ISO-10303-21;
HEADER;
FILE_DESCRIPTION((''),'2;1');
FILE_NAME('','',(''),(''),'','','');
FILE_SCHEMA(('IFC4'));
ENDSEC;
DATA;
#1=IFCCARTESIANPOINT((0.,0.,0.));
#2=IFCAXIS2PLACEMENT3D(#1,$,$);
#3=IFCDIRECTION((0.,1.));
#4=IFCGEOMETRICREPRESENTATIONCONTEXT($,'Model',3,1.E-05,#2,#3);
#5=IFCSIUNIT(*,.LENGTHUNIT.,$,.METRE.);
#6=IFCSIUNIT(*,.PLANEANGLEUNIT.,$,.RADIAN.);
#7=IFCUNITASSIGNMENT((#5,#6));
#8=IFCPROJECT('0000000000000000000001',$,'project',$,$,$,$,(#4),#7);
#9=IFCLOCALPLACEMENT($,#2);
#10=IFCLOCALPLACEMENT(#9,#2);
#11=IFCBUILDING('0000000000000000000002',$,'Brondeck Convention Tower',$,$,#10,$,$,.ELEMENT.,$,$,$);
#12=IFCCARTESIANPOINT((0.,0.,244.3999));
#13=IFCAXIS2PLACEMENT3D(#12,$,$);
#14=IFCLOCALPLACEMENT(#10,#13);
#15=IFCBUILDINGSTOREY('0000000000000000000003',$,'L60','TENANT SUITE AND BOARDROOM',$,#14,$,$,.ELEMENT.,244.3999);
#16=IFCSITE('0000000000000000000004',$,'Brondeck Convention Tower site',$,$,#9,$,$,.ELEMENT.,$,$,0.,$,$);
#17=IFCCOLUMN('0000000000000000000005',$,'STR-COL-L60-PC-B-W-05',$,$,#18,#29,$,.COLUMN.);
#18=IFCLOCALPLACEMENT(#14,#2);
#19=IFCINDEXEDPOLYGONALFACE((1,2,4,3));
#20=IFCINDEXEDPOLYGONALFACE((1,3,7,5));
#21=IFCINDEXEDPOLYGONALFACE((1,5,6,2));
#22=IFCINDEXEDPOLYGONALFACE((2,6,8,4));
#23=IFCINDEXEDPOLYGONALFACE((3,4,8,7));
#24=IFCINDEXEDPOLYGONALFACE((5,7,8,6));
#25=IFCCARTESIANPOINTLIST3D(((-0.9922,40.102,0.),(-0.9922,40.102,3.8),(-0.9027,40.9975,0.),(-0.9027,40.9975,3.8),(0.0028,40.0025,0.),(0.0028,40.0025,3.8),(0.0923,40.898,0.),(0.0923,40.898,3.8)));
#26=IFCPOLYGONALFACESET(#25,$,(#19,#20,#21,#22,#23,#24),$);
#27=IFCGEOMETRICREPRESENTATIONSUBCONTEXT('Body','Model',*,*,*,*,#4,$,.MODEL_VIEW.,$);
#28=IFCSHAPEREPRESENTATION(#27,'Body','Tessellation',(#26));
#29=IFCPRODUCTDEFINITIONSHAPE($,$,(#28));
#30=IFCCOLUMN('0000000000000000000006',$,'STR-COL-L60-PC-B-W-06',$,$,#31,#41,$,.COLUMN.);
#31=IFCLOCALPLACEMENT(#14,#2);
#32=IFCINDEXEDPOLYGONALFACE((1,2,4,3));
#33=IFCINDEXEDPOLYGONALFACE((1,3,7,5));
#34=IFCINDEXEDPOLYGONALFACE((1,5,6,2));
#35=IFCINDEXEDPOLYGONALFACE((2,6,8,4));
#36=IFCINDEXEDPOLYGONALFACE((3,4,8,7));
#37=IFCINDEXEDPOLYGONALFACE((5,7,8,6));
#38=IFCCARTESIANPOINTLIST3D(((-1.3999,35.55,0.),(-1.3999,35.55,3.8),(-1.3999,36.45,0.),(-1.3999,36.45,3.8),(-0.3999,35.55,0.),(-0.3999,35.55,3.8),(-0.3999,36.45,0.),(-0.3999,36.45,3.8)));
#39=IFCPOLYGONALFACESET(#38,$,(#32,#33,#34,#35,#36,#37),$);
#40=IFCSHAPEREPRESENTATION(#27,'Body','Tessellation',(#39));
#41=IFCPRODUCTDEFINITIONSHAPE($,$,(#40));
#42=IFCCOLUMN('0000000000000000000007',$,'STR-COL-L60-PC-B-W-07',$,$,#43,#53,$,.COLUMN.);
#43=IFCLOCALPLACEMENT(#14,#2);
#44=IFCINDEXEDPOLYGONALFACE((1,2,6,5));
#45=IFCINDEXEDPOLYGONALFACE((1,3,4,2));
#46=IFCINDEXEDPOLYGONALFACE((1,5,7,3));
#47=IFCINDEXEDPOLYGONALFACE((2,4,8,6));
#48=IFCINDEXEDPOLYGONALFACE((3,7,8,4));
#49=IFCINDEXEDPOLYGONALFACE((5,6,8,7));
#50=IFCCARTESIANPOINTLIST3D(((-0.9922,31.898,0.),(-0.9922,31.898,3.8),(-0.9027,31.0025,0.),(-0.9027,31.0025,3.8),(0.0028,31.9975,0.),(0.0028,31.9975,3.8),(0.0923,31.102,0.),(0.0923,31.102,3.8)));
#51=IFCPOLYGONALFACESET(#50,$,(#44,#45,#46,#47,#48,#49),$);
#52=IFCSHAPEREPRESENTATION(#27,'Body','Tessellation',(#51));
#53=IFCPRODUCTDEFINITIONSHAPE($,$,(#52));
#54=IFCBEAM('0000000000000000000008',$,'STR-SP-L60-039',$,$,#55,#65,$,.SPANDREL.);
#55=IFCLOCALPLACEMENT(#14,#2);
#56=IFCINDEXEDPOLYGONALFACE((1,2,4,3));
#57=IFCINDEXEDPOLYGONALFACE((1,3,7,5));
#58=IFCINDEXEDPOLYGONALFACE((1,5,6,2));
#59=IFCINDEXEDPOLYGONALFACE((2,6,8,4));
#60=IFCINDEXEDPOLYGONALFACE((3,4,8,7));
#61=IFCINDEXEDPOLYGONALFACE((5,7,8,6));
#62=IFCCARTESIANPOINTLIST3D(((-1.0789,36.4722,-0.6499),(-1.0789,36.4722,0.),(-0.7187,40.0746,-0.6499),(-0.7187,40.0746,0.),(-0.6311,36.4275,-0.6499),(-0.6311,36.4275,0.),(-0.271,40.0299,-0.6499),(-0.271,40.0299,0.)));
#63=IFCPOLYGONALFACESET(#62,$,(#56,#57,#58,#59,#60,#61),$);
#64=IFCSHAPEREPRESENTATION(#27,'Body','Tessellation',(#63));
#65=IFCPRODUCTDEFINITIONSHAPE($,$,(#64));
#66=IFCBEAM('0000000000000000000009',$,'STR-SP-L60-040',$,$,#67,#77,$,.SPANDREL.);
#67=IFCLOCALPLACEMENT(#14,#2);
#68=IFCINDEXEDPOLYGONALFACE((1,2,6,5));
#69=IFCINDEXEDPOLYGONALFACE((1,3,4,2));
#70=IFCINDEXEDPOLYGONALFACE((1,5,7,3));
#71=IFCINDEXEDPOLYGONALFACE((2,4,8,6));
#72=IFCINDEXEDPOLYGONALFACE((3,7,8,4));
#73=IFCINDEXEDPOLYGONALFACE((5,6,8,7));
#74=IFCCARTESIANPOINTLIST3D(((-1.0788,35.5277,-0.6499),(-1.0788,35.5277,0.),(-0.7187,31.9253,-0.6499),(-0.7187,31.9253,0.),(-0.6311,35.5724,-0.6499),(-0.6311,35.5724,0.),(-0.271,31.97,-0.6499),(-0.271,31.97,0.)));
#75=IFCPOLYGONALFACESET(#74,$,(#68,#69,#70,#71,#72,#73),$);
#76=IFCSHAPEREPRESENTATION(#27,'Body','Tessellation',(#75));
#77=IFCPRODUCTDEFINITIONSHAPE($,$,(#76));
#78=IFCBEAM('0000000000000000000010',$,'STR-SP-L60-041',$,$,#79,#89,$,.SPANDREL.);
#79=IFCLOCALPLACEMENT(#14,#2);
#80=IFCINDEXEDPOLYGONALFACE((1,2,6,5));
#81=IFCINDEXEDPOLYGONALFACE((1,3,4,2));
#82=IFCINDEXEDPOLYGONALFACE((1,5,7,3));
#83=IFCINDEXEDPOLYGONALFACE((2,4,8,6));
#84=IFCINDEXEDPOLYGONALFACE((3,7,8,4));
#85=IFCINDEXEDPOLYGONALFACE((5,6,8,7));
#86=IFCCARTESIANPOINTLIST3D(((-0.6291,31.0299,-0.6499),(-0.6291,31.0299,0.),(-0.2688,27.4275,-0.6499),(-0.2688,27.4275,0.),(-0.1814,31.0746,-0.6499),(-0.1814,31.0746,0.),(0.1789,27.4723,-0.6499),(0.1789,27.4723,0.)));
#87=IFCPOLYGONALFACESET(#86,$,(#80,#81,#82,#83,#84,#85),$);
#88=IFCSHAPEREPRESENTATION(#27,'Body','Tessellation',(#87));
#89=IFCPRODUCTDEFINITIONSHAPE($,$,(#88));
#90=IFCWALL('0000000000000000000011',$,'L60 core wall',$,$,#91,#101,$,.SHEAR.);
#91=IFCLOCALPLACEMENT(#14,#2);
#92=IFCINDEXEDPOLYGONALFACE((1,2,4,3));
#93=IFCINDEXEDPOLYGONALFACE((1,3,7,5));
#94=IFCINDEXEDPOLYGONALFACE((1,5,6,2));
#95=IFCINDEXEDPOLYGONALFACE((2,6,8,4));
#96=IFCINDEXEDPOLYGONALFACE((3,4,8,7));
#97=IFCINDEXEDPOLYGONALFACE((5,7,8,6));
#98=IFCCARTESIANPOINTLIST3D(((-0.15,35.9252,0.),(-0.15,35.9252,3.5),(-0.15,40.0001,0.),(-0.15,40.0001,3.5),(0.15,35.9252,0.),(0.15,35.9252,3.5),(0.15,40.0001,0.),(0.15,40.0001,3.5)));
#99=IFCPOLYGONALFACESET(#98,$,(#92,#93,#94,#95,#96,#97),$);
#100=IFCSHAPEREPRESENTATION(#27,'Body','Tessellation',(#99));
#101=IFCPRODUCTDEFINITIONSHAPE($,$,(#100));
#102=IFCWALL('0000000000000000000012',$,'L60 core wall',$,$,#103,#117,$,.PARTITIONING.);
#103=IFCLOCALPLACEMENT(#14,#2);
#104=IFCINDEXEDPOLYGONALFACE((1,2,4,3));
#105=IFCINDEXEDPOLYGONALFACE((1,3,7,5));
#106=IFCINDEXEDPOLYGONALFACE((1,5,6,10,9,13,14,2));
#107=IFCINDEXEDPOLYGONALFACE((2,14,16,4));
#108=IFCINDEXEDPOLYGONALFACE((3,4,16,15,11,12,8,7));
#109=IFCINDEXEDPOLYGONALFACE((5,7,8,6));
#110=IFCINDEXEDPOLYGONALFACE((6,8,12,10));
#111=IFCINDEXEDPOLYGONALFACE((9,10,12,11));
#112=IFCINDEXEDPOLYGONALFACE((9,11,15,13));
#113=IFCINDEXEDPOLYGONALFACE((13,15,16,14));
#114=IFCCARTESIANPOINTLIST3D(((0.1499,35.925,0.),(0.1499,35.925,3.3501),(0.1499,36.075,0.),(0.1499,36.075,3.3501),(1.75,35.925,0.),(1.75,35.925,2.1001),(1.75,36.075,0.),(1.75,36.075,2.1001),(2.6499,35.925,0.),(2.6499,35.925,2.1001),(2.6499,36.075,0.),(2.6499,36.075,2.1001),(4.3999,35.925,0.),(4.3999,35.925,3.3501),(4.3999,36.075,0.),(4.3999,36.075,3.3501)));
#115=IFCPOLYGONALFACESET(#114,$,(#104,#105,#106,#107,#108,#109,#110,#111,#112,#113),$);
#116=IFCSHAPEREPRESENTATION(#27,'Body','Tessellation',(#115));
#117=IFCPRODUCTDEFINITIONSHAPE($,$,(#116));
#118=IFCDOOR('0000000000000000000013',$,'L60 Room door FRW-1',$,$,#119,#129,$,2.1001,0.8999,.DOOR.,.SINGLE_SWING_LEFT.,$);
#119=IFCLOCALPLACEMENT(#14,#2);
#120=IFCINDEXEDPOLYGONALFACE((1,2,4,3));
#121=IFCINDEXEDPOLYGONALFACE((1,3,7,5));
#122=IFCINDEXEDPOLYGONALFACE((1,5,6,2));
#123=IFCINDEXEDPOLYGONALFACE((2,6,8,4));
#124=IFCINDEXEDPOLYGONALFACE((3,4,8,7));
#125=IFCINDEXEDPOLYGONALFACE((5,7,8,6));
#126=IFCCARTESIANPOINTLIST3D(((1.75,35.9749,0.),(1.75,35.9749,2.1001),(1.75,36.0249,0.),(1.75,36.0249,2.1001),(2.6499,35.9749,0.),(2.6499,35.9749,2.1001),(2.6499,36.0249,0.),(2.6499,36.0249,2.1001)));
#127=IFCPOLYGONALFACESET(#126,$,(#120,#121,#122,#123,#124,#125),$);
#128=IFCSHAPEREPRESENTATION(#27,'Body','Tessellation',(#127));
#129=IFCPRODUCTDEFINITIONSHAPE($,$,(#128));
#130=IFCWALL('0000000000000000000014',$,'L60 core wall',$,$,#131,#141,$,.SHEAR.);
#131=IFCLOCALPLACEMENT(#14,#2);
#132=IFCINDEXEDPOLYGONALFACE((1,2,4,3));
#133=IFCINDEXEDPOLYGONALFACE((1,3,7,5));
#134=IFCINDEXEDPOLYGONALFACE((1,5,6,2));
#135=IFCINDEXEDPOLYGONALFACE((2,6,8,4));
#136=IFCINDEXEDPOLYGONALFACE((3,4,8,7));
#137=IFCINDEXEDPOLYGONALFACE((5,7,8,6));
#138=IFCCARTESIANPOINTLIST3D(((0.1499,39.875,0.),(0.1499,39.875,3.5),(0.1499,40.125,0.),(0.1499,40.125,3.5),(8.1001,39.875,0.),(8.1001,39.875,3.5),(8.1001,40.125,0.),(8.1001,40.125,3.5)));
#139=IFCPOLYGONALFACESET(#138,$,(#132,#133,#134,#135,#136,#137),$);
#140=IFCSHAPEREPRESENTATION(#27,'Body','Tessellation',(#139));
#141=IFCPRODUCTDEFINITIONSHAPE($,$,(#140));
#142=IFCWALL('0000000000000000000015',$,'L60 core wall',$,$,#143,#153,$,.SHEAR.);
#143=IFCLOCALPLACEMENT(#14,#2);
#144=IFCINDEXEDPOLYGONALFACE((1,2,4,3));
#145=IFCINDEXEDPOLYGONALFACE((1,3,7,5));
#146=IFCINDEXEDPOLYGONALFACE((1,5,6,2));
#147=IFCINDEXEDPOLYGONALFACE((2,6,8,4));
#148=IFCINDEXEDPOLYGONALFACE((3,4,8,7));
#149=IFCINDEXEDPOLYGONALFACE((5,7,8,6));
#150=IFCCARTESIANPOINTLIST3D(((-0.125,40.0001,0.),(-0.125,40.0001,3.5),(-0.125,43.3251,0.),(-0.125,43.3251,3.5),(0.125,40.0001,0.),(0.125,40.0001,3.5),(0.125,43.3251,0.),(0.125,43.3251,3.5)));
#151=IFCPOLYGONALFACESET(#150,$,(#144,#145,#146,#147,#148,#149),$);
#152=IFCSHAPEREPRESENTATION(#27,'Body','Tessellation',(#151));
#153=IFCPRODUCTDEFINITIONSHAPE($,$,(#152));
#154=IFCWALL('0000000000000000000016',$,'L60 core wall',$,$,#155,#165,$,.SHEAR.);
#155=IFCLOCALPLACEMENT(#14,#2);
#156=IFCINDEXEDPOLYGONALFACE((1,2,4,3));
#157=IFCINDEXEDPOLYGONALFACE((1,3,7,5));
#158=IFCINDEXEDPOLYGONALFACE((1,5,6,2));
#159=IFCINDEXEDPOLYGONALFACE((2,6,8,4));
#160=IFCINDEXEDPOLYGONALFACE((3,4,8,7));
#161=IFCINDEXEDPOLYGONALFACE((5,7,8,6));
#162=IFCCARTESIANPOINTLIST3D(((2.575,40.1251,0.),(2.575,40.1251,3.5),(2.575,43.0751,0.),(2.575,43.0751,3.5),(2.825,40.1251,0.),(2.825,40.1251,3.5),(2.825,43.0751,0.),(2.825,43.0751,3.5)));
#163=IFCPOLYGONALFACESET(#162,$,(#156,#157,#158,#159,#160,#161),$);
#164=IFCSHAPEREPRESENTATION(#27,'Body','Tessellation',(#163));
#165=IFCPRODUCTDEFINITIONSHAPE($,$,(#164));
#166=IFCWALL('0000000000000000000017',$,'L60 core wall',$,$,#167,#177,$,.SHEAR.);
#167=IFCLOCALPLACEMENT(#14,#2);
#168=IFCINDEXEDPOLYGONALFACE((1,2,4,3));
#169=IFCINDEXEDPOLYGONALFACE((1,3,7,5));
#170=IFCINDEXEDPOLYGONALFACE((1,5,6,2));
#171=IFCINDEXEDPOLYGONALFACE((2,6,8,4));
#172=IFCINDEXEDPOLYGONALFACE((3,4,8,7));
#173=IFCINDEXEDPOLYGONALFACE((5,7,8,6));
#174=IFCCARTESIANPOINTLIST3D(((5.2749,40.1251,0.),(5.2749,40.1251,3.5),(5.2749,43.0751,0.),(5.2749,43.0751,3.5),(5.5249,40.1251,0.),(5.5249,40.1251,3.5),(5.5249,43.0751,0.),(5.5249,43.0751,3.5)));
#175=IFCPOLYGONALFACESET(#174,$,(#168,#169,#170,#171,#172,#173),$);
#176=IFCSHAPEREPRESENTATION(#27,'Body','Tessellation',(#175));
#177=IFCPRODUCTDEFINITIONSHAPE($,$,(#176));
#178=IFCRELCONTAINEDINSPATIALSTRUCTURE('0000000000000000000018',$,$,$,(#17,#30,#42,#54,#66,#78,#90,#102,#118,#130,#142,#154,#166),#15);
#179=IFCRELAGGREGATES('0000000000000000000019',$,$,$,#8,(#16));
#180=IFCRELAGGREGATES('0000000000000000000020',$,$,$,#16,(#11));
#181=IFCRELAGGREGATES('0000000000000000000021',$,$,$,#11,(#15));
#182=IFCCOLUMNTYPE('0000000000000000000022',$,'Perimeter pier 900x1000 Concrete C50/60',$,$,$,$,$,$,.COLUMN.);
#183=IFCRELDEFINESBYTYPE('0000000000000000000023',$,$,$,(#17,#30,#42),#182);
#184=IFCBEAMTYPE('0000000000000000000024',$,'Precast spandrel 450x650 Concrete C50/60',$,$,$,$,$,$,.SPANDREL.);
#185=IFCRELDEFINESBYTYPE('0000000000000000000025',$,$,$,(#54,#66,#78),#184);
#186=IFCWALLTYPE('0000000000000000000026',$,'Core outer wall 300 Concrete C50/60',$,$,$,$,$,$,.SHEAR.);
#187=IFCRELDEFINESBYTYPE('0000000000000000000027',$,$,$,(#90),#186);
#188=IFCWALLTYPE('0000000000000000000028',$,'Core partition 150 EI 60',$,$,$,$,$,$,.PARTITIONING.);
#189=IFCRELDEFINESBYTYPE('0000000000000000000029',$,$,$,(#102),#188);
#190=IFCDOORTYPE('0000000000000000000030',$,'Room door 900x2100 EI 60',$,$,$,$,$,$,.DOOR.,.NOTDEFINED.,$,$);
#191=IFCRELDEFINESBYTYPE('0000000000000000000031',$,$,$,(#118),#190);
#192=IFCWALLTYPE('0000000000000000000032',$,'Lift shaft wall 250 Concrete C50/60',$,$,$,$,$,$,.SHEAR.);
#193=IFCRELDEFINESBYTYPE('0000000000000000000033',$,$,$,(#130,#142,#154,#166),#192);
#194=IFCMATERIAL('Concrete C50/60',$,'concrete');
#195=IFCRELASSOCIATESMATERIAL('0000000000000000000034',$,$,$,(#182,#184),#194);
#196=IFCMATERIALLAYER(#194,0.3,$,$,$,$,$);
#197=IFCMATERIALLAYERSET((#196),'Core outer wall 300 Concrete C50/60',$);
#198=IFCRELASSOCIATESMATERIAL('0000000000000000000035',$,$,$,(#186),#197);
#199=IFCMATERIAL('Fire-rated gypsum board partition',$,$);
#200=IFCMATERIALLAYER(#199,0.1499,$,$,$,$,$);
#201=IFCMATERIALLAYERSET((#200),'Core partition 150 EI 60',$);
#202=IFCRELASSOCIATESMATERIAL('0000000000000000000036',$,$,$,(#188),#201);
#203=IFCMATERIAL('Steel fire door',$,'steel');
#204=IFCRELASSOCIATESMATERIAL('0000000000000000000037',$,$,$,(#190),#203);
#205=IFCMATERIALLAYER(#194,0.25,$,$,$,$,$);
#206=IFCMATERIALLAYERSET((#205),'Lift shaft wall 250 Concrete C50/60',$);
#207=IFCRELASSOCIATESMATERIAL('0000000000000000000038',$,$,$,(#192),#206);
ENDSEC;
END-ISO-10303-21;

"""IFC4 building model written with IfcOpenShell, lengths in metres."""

from ifc_helpers import new_model, si_unit, direction, frame, frame_2d, origin, origin_2d, place, context, subcontext, project, spatial, rectangle, extrude, material, layer, layer_set, material_profile, profile_set, type_object, element, fill, save


model = new_model("IFC4")

# Units and contexts
model_context = context("Model", 3, precision=1e-05, world=origin(), true_north=direction((0.0, 1.0)))
body_context = subcontext(model_context, "Body", "Model", "MODEL_VIEW")
ifc_project = project(units=[si_unit("LENGTHUNIT", "METRE"), si_unit("PLANEANGLEUNIT", "RADIAN")], contexts=[model_context])

# Site, building, storey
site_placement = place(None, origin())
site = spatial("IfcSite", under=ifc_project, at=site_placement, Name="Brondeck Convention Tower site", CompositionType="ELEMENT", RefElevation=0.0)
building_placement = place(site_placement, origin())
building = spatial("IfcBuilding", under=site, at=building_placement, Name="Brondeck Convention Tower", CompositionType="ELEMENT")
storey_placement = place(building_placement, frame((0.0, 0.0, 244.3999)))
storey = spatial("IfcBuildingStorey", under=building, at=storey_placement, Name="L60", Description="TENANT SUITE AND BOARDROOM", CompositionType="ELEMENT", Elevation=244.3999)

# Columns
ifc_material_1 = material(Name="Concrete C50/60", Category="concrete")
ifc_material_profile_1 = material_profile(ifc_material_1, rectangle(XDim=0.8999, YDim=1.0, at=origin_2d()), Name="Perimeter pier 900x1000 Concrete C50/60")
ifc_profile_set_1 = profile_set([ifc_material_profile_1], Name="Concrete C50/60")
column_type = type_object("IfcColumnType", Name="Perimeter pier 900x1000 Concrete C50/60", PredefinedType="COLUMN", material=ifc_profile_set_1)
for number, where, z_axis, x_axis, name in (
    (1, (-0.45, 40.5, 0.0), (0.0, 0.0, 1.0), (-0.099504, -0.995037, 0.0), "STR-COL-L60-PC-B-W-05"),
    (2, (-0.8999, 36.0, 0.0), (0.0, 0.0, 1.0), (0.0, -1.0, 0.0), "STR-COL-L60-PC-B-W-06"),
    (3, (-0.45, 31.5, 0.0), (0.0, 0.0, 1.0), (0.099504, -0.995037, 0.0), "STR-COL-L60-PC-B-W-07"),
):
    element("IfcColumn", number, at=place(storey_placement, frame(where, z_axis=z_axis, x_axis=x_axis)), inside=storey, type_object=column_type, Name=name, PredefinedType="COLUMN", context=body_context, shape_type="SweptSolid", body=[
        extrude(rectangle(XDim=0.8999, YDim=1.0, at=origin_2d()), origin(), (0.0, 0.0, 1.0), 3.8),
    ])

# Beams
ifc_material_profile_2 = material_profile(ifc_material_1, rectangle(XDim=0.45, YDim=0.6499, at=origin_2d()), Name="Precast spandrel 450x650 Concrete C50/60")
ifc_profile_set_2 = profile_set([ifc_material_profile_2], Name="Concrete C50/60")
beam_type = type_object("IfcBeamType", Name="Precast spandrel 450x650 Concrete C50/60", PredefinedType="SPANDREL", material=ifc_profile_set_2)
for number, where, z_axis, x_axis, name in (
    (4, (-0.4949, 40.0522, -0.325), (-0.09947, -0.995041, 0.0), (0.995041, -0.09947, 0.0), "STR-SP-L60-039"),
    (5, (-0.855, 35.55, -0.325), (0.09947, -0.995041, 0.0), (0.995041, 0.09947, 0.0), "STR-SP-L60-040"),
    (6, (-0.4053, 31.0522, -0.325), (0.099537, -0.995034, 0.0), (0.995034, 0.099537, 0.0), "STR-SP-L60-041"),
):
    element("IfcBeam", number, at=place(storey_placement, frame(where, z_axis=z_axis, x_axis=x_axis)), inside=storey, type_object=beam_type, Name=name, PredefinedType="SPANDREL", context=body_context, shape_type="SweptSolid", body=[
        extrude(rectangle(XDim=0.45, YDim=0.6499, at=origin_2d()), origin(), (0.0, 0.0, 1.0), 3.6204),
    ])

# Wall
ifc_layer_1 = layer(ifc_material_1, 0.3)
ifc_layer_set_1 = layer_set([ifc_layer_1], Name="Core outer wall 300 Concrete C50/60")
wall_type_1 = type_object("IfcWallType", Name="Core outer wall 300 Concrete C50/60", PredefinedType="SHEAR", material=ifc_layer_set_1)
wall_1_placement = place(storey_placement, frame((0.0, 35.925, 0.0), z_axis=(0.0, 0.0, 1.0), x_axis=(0.0, 1.0, 0.0)))
element("IfcWall", 7, at=wall_1_placement, inside=storey, type_object=wall_type_1, Name="L60 core wall", PredefinedType="SHEAR", context=body_context, shape_type="SweptSolid", body=[
    extrude(rectangle(XDim=4.075, YDim=0.3, at=frame_2d((2.0376, 0.0))), origin(), (0.0, 0.0, 1.0), 3.5),
])

# Wall, opening, door
ifc_material_2 = material(Name="Fire-rated gypsum board partition")
ifc_layer_2 = layer(ifc_material_2, 0.1499)
ifc_layer_set_2 = layer_set([ifc_layer_2], Name="Core partition 150 EI 60")
wall_type_2 = type_object("IfcWallType", Name="Core partition 150 EI 60", PredefinedType="PARTITIONING", material=ifc_layer_set_2)
wall_2_placement = place(storey_placement, frame((0.1499, 36.0, 0.0), z_axis=(0.0, 0.0, 1.0), x_axis=(1.0, 0.0, 0.0)))
wall_2 = element("IfcWall", 8, at=wall_2_placement, inside=storey, type_object=wall_type_2, Name="L60 core wall", PredefinedType="PARTITIONING", context=body_context, shape_type="SweptSolid", body=[
    extrude(rectangle(XDim=4.25, YDim=0.1499, at=frame_2d((2.125, 0.0))), origin(), (0.0, 0.0, 1.0), 3.3501),
])
opening_1_placement = place(wall_2_placement, frame((1.6001, 0.0, 0.0)))
opening_1 = element("IfcOpeningElement", 9, at=opening_1_placement, cuts=wall_2, PredefinedType="OPENING", context=body_context, shape_type="SweptSolid", body=[
    extrude(rectangle(XDim=0.8999, YDim=2.1001, at=frame_2d((0.45, 1.05))), frame((0.0, 0.085, 0.0), z_axis=(0.0, -1.0, 0.0), x_axis=(1.0, 0.0, 0.0)), (0.0, 0.0, 1.0), 0.1699),
])
ifc_material_3 = material(Name="Steel fire door", Category="steel")
door_type_1 = type_object("IfcDoorType", Name="Room door 900x2100 EI 60", OperationType="NOTDEFINED", PredefinedType="DOOR", material=ifc_material_3)
door_1_placement = place(opening_1_placement, origin())
door_1 = element("IfcDoor", 10, at=door_1_placement, inside=storey, type_object=door_type_1, Name="L60 Room door FRW-1", OperationType="SINGLE_SWING_LEFT", OverallHeight=2.1001, OverallWidth=0.8999, PredefinedType="DOOR", context=body_context, shape_type="SweptSolid", body=[
    extrude(rectangle(XDim=0.8999, YDim=2.1001, at=frame_2d((0.45, 1.05))), frame((0.0, 0.0249, 0.0), z_axis=(0.0, -1.0, 0.0), x_axis=(1.0, 0.0, 0.0)), (0.0, 0.0, 1.0), 0.05),
])
fill(opening_1, door_1)

# Walls
ifc_layer_3 = layer(ifc_material_1, 0.25)
ifc_layer_set_3 = layer_set([ifc_layer_3], Name="Lift shaft wall 250 Concrete C50/60")
wall_type_3 = type_object("IfcWallType", Name="Lift shaft wall 250 Concrete C50/60", PredefinedType="SHEAR", material=ifc_layer_set_3)
wall_3_placement = place(storey_placement, frame((0.1499, 40.0, 0.0), z_axis=(0.0, 0.0, 1.0), x_axis=(1.0, 0.0, 0.0)))
element("IfcWall", 11, at=wall_3_placement, inside=storey, type_object=wall_type_3, Name="L60 core wall", PredefinedType="SHEAR", context=body_context, shape_type="SweptSolid", body=[
    extrude(rectangle(XDim=7.9502, YDim=0.25, at=frame_2d((3.9751, 0.0))), origin(), (0.0, 0.0, 1.0), 3.5),
])
wall_4_placement = place(storey_placement, frame((0.0, 40.0, 0.0), z_axis=(0.0, 0.0, 1.0), x_axis=(0.0, 1.0, 0.0)))
element("IfcWall", 12, at=wall_4_placement, inside=storey, type_object=wall_type_3, Name="L60 core wall", PredefinedType="SHEAR", context=body_context, shape_type="SweptSolid", body=[
    extrude(rectangle(XDim=3.325, YDim=0.25, at=frame_2d((1.6626, 0.0))), origin(), (0.0, 0.0, 1.0), 3.5),
])
for number, where, z_axis, x_axis, name in (
    (13, (2.7, 40.125, 0.0), (0.0, 0.0, 1.0), (0.0, 1.0, 0.0), "L60 core wall"),
    (14, (5.3999, 40.125, 0.0), (0.0, 0.0, 1.0), (0.0, 1.0, 0.0), "L60 core wall"),
):
    element("IfcWall", number, at=place(storey_placement, frame(where, z_axis=z_axis, x_axis=x_axis)), inside=storey, type_object=wall_type_3, Name=name, PredefinedType="SHEAR", context=body_context, shape_type="SweptSolid", body=[
        extrude(rectangle(XDim=2.95, YDim=0.25, at=frame_2d((1.4751, 0.0))), origin(), (0.0, 0.0, 1.0), 3.5),
    ])

save(model, "model.ifc")
